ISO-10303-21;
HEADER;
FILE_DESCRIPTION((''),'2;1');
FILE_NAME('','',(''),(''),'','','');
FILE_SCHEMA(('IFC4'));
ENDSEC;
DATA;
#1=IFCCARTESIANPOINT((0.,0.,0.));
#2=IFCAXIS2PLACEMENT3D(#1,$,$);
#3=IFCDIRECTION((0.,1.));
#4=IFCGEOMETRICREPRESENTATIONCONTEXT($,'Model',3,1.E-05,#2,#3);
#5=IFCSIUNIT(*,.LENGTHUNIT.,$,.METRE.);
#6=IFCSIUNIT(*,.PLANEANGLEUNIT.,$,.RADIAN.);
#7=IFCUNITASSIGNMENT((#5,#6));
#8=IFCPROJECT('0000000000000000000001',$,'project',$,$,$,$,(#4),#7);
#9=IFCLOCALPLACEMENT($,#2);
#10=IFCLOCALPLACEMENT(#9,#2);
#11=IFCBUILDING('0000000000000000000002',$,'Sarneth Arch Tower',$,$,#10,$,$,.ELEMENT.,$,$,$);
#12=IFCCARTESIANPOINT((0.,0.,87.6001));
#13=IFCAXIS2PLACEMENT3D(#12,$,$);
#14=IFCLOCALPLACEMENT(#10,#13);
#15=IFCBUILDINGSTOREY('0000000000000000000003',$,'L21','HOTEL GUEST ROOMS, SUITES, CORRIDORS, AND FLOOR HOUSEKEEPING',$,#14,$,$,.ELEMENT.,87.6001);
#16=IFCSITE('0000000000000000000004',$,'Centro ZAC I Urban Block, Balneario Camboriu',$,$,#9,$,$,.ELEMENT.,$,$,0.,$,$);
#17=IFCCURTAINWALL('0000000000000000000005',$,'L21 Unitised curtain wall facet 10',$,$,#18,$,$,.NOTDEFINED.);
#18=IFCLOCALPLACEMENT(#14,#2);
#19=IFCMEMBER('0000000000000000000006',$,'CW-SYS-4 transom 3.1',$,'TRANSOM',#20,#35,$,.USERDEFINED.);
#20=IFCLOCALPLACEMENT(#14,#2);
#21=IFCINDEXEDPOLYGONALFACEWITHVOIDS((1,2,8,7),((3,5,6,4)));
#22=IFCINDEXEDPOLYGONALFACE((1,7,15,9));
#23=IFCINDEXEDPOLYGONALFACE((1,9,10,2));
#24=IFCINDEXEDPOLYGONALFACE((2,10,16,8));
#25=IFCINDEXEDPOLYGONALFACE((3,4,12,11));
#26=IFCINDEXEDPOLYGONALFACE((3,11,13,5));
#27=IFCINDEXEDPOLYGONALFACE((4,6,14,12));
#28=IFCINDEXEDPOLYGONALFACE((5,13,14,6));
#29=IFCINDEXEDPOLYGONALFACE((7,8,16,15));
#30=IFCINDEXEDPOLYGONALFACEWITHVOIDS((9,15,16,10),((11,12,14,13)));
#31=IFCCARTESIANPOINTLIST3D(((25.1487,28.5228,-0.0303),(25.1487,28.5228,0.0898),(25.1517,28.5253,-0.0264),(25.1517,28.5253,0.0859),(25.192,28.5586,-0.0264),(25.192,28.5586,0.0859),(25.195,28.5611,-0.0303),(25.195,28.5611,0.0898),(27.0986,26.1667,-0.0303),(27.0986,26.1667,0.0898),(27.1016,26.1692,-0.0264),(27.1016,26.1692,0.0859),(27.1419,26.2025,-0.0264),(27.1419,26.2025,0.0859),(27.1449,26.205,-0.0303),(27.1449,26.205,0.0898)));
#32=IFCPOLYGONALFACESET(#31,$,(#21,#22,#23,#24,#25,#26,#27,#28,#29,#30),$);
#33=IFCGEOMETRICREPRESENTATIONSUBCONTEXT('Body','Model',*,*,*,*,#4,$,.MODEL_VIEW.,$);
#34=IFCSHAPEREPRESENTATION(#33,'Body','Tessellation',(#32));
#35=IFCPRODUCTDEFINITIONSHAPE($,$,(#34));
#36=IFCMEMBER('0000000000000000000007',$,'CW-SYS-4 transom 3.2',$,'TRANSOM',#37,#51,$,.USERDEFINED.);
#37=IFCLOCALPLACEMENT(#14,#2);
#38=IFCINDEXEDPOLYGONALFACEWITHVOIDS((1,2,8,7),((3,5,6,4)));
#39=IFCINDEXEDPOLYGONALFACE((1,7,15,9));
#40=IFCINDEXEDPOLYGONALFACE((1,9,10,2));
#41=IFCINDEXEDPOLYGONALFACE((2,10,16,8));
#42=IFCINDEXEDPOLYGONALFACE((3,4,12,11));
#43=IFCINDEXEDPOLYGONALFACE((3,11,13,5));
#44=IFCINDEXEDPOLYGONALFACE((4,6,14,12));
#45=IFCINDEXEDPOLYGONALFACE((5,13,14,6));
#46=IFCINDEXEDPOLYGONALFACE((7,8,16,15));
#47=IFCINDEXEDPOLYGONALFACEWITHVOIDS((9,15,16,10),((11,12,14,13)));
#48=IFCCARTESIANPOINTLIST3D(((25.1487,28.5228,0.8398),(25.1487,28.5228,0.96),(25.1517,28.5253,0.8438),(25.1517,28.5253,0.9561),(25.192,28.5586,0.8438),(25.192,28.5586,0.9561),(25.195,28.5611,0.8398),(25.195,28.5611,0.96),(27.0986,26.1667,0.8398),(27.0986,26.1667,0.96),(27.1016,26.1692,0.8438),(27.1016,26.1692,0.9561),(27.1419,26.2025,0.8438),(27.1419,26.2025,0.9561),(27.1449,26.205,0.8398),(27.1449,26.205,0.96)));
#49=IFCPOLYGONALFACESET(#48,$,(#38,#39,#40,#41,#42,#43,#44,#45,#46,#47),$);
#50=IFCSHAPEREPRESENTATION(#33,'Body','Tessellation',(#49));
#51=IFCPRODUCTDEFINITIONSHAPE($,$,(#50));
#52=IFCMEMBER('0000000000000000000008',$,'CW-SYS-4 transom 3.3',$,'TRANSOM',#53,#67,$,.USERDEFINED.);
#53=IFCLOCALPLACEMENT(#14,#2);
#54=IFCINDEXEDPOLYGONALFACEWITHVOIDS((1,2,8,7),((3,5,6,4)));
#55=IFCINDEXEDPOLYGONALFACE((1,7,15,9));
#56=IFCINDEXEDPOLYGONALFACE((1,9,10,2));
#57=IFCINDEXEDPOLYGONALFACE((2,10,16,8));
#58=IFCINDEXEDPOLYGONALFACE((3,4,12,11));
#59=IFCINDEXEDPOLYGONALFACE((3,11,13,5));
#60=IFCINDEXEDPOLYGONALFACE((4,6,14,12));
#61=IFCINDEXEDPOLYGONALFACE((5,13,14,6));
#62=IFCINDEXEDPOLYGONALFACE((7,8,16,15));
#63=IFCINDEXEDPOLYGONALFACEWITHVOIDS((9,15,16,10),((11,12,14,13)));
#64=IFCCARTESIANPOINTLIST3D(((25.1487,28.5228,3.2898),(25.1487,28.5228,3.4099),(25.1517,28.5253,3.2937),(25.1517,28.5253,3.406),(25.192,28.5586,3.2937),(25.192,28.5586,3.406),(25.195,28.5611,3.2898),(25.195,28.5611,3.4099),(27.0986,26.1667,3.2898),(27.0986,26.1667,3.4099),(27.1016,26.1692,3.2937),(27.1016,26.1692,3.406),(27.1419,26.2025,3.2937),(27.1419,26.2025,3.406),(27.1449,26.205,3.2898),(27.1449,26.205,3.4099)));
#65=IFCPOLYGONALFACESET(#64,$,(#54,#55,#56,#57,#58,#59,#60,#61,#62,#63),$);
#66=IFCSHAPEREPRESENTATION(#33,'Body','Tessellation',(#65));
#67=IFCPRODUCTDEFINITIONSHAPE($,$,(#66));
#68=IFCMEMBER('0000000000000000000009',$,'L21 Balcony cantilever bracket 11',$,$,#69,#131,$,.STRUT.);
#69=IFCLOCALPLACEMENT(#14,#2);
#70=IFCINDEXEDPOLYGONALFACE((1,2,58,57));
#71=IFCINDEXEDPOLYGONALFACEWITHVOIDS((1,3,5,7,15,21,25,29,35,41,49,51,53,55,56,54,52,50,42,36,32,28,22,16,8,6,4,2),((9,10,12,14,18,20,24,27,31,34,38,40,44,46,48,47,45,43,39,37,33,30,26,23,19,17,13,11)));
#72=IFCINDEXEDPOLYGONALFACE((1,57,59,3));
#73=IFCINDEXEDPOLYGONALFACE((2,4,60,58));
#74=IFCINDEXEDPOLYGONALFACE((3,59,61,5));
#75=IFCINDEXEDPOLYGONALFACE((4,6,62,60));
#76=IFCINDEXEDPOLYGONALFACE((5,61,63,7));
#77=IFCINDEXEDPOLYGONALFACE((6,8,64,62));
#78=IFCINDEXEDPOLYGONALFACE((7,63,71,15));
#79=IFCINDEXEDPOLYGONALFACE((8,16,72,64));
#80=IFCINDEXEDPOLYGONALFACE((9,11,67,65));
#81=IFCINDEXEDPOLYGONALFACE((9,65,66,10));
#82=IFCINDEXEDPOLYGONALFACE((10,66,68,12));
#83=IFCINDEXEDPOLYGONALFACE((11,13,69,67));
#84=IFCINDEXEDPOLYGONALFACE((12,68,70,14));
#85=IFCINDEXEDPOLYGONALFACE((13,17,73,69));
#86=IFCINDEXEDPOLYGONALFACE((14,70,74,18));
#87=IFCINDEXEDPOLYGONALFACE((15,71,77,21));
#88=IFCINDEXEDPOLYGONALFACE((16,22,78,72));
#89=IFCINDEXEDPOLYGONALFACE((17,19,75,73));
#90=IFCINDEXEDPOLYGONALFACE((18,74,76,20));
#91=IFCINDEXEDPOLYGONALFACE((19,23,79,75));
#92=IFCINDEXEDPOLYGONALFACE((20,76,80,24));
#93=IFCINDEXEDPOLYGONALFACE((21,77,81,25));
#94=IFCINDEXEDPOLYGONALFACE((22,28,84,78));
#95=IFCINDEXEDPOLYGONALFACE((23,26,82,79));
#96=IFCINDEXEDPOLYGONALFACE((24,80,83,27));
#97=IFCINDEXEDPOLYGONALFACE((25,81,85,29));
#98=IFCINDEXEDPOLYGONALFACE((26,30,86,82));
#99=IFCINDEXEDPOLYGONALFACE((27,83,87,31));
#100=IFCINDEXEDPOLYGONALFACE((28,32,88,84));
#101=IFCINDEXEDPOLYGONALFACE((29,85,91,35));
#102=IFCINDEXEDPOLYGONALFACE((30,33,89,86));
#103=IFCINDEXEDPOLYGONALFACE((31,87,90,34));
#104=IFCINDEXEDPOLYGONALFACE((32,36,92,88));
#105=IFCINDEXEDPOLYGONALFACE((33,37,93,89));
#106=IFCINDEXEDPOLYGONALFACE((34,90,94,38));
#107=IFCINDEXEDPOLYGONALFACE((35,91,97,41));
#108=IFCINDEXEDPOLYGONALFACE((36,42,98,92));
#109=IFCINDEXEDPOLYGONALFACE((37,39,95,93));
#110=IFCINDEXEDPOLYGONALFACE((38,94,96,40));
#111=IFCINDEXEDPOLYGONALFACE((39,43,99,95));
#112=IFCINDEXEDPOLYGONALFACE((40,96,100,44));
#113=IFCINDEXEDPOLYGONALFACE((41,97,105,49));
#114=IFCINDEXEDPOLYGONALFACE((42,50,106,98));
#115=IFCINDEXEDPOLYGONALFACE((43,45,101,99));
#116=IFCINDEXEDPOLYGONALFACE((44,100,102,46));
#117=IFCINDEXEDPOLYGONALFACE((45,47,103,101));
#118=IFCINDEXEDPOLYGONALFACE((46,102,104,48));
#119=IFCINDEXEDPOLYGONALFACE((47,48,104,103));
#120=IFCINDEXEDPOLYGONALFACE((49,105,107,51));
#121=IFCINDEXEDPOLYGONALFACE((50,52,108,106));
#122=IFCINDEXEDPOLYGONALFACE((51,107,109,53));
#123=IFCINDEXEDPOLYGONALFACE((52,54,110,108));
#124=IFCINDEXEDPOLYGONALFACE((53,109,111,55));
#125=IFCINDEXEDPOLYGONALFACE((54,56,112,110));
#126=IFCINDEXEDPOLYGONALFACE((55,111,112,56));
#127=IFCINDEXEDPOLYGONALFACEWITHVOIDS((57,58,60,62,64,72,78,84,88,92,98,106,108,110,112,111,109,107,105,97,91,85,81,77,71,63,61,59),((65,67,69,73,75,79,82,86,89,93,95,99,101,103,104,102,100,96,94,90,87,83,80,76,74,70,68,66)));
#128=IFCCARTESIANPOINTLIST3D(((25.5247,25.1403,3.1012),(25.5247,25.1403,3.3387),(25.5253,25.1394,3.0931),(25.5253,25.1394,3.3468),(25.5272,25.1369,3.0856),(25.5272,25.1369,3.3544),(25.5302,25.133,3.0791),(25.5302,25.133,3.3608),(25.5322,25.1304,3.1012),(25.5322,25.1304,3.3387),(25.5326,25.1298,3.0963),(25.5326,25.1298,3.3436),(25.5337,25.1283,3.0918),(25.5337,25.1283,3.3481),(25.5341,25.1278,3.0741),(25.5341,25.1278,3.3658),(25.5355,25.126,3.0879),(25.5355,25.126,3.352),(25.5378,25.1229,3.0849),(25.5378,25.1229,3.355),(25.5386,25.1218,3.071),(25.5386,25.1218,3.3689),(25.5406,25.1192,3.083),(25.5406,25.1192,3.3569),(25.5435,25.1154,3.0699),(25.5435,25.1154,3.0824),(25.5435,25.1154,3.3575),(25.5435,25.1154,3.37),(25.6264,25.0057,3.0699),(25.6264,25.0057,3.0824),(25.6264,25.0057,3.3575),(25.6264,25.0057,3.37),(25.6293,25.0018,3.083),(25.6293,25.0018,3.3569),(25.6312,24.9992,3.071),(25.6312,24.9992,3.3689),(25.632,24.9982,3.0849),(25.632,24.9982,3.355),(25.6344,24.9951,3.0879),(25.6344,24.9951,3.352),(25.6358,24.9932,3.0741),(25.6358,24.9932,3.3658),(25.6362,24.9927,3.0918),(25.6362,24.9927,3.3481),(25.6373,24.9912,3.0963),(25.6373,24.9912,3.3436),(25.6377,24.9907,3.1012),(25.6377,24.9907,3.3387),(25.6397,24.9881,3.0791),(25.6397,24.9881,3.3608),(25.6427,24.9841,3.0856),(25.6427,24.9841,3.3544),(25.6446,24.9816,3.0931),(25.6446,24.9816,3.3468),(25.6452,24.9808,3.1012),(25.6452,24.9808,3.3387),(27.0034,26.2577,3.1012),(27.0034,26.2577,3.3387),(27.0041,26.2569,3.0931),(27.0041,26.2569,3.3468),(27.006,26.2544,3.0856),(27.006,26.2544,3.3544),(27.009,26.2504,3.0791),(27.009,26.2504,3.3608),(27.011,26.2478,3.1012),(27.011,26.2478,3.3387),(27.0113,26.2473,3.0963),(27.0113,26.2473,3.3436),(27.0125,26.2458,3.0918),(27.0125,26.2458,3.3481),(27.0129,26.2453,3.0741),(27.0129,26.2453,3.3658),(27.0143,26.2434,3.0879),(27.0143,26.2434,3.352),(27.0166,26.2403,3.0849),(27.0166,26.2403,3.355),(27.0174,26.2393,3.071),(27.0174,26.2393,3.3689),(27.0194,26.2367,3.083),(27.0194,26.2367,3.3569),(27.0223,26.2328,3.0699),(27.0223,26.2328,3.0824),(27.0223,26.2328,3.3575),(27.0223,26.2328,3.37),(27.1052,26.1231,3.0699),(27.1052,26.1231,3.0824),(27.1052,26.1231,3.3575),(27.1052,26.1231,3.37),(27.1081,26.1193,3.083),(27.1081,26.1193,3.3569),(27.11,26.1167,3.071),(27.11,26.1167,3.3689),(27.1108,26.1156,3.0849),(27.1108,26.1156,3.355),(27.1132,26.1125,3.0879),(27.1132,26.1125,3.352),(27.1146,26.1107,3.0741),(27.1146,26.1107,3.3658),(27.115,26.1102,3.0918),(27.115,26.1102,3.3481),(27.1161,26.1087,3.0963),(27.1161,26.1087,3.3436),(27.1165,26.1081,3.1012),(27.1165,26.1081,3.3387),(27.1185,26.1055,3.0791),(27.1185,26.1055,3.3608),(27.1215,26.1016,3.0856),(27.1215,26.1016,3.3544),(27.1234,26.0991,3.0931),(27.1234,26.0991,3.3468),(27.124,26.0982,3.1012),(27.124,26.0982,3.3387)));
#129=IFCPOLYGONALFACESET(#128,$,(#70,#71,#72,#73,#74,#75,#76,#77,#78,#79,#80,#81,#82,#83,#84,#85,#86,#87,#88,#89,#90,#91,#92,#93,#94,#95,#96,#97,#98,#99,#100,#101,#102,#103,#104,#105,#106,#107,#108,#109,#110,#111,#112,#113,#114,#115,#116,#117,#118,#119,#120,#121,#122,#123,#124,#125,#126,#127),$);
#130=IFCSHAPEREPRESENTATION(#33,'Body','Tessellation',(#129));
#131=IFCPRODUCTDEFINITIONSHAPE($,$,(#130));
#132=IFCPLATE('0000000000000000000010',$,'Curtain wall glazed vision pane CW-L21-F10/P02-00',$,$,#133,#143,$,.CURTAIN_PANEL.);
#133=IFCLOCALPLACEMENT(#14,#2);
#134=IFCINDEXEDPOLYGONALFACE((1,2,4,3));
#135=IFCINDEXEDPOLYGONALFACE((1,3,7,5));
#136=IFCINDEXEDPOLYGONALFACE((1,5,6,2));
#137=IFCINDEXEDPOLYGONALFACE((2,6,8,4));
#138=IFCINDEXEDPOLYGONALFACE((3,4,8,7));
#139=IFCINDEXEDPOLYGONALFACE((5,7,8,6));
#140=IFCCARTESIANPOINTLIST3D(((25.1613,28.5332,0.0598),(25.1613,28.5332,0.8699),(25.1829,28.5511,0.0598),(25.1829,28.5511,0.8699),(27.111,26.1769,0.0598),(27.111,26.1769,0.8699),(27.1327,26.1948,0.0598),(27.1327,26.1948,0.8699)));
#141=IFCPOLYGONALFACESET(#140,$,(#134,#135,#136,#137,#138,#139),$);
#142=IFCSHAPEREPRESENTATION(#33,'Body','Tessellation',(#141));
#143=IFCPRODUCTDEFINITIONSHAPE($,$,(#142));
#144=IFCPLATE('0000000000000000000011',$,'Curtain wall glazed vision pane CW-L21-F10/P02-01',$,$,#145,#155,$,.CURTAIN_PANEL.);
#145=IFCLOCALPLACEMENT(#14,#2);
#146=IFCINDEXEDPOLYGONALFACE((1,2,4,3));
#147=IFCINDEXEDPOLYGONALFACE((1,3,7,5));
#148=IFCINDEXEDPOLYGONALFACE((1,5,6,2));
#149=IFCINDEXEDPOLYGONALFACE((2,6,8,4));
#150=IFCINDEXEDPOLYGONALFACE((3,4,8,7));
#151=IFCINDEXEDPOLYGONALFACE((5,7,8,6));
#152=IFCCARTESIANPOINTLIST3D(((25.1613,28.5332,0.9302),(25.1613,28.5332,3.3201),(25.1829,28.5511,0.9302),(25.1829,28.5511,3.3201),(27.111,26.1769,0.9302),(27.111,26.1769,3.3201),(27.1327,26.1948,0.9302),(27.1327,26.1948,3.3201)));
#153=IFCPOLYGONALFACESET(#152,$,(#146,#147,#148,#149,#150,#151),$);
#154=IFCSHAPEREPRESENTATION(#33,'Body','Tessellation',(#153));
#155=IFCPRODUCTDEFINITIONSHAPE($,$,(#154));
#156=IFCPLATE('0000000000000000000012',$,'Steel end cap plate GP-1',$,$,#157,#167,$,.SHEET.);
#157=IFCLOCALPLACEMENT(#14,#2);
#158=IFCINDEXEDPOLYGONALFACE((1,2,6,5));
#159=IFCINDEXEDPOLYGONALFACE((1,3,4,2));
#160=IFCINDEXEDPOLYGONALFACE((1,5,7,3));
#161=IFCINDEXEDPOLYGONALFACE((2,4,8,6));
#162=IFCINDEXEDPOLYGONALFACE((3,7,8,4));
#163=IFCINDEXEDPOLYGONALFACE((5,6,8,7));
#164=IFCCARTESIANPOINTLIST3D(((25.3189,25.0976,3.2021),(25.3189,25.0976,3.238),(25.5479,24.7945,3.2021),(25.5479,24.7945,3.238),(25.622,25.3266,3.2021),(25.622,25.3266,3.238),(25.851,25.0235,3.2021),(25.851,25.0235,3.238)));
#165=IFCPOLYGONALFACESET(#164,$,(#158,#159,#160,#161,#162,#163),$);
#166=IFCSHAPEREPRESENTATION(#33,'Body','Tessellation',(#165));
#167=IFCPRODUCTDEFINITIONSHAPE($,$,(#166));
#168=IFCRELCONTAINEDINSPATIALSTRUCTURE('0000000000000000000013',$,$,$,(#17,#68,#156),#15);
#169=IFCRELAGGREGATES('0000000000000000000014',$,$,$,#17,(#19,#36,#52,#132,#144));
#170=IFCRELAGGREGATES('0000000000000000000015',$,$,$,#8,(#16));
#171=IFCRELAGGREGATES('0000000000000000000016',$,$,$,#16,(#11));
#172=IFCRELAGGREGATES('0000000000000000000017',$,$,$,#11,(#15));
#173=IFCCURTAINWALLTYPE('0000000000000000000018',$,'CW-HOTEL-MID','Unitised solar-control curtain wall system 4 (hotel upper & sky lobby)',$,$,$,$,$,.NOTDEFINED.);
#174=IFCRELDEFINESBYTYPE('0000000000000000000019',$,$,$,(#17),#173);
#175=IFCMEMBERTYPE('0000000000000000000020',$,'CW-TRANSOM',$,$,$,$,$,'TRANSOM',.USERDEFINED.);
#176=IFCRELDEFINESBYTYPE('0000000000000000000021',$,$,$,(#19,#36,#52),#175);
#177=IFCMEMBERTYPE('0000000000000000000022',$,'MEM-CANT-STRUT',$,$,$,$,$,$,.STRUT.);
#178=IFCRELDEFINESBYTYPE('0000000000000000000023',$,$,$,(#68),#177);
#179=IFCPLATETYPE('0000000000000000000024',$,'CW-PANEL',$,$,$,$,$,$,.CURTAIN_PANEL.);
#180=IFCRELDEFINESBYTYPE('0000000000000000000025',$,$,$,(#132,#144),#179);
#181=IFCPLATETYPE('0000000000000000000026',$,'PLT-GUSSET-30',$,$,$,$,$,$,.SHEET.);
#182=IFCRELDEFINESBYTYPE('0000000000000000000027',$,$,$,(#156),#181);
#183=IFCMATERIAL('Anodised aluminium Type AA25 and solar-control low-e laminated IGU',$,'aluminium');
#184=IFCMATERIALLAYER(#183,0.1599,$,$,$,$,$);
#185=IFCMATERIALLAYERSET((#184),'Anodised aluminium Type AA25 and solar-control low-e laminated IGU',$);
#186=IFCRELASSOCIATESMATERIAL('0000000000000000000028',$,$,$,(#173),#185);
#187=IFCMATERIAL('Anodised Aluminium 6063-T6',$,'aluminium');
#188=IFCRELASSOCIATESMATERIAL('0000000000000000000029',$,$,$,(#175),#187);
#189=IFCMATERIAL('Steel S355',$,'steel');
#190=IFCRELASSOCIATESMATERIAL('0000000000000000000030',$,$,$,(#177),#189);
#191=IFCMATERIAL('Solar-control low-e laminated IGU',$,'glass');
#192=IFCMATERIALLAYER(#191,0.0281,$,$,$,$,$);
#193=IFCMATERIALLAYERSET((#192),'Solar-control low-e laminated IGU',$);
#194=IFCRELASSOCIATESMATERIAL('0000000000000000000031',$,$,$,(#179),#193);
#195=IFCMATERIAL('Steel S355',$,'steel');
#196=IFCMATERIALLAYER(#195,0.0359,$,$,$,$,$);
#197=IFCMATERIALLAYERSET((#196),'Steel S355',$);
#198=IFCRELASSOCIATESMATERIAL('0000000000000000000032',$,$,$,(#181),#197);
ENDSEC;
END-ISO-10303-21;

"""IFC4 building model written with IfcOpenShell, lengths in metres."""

from ifc_helpers import new_model, si_unit, direction, frame, origin, origin_2d, place, context, subcontext, project, spatial, rectangle, hollow_rectangle, extrude, material, layer, layer_set, material_profile, profile_set, type_object, element, aggregate, save


model = new_model("IFC4")

# Units and contexts
model_context = context("Model", 3, precision=1e-05, world=origin(), true_north=direction((0.0, 1.0)))
body_context = subcontext(model_context, "Body", "Model", "MODEL_VIEW")
ifc_project = project(units=[si_unit("LENGTHUNIT", "METRE"), si_unit("PLANEANGLEUNIT", "RADIAN")], contexts=[model_context])

# Site, building, storey
site_placement = place(None, origin())
site = spatial("IfcSite", under=ifc_project, at=site_placement, Name="Centro ZAC I Urban Block, Balneario Camboriu", CompositionType="ELEMENT", RefElevation=0.0)
building_placement = place(site_placement, origin())
building = spatial("IfcBuilding", under=site, at=building_placement, Name="Sarneth Arch Tower", CompositionType="ELEMENT")
storey_placement = place(building_placement, frame((0.0, 0.0, 87.6001)))
storey = spatial("IfcBuildingStorey", under=building, at=storey_placement, Name="L21", Description="HOTEL GUEST ROOMS, SUITES, CORRIDORS, AND FLOOR HOUSEKEEPING", CompositionType="ELEMENT", Elevation=87.6001)

# Curtain wall, members
ifc_material_1 = material(Name="Anodised aluminium Type AA25 and solar-control low-e laminated IGU", Category="aluminium")
ifc_layer_1 = layer(ifc_material_1, 0.1599)
ifc_layer_set_1 = layer_set([ifc_layer_1], Name="Anodised aluminium Type AA25 and solar-control low-e laminated IGU")
curtain_wall_type = type_object("IfcCurtainWallType", Name="CW-HOTEL-MID", Description="Unitised solar-control curtain wall system 4 (hotel upper & sky lobby)", PredefinedType="NOTDEFINED", material=ifc_layer_set_1)
curtain_wall_placement = place(storey_placement, origin())
curtain_wall = element("IfcCurtainWall", 1, at=curtain_wall_placement, inside=storey, type_object=curtain_wall_type, Name="L21 Unitised curtain wall facet 10", PredefinedType="NOTDEFINED")
ifc_material_2 = material(Name="Anodised Aluminium 6063-T6", Category="aluminium")
ifc_material_profile_1 = material_profile(ifc_material_2, hollow_rectangle(XDim=0.0601, YDim=0.1201, WallThickness=0.0039, at=origin_2d()), Name="AL-TRAN-120x60x4")
ifc_profile_set_1 = profile_set([ifc_material_profile_1], Name="Anodised Aluminium 6063-T6")
member_type_1 = type_object("IfcMemberType", Name="CW-TRANSOM", ElementType="TRANSOM", PredefinedType="USERDEFINED", material=ifc_profile_set_1)
member_1_placement = place(storey_placement, frame((25.1719, 28.542, 0.0298), z_axis=(0.637566, -0.770396, 0.0), x_axis=(0.770396, 0.637566, 0.0)))
member_1 = element("IfcMember", 2, at=member_1_placement, type_object=member_type_1, Name="CW-SYS-4 transom 3.1", ObjectType="TRANSOM", PredefinedType="USERDEFINED", context=body_context, shape_type="SweptSolid", body=[
    extrude(hollow_rectangle(XDim=0.0601, YDim=0.1201, WallThickness=0.0039, at=origin_2d()), origin(), (0.0, 0.0, 1.0), 3.0583),
])
member_2_placement = place(storey_placement, frame((25.1719, 28.542, 0.8999), z_axis=(0.637566, -0.770396, 0.0), x_axis=(0.770396, 0.637566, 0.0)))
member_2 = element("IfcMember", 3, at=member_2_placement, type_object=member_type_1, Name="CW-SYS-4 transom 3.2", ObjectType="TRANSOM", PredefinedType="USERDEFINED", context=body_context, shape_type="SweptSolid", body=[
    extrude(hollow_rectangle(XDim=0.0601, YDim=0.1201, WallThickness=0.0039, at=origin_2d()), origin(), (0.0, 0.0, 1.0), 3.0583),
])
member_3_placement = place(storey_placement, frame((25.1719, 28.542, 3.3499), z_axis=(0.637566, -0.770396, 0.0), x_axis=(0.770396, 0.637566, 0.0)))
member_3 = element("IfcMember", 4, at=member_3_placement, type_object=member_type_1, Name="CW-SYS-4 transom 3.3", ObjectType="TRANSOM", PredefinedType="USERDEFINED", context=body_context, shape_type="SweptSolid", body=[
    extrude(hollow_rectangle(XDim=0.0601, YDim=0.1201, WallThickness=0.0039, at=origin_2d()), origin(), (0.0, 0.0, 1.0), 3.0583),
])

# Member
ifc_material_3 = material(Name="Steel S355", Category="steel")
ifc_material_profile_2 = material_profile(ifc_material_3, hollow_rectangle(XDim=0.2, YDim=0.3, WallThickness=0.0125, InnerFilletRadius=0.0188, OuterFilletRadius=0.0312, at=origin_2d()), Name="RHS300x200x12.5")
ifc_profile_set_2 = profile_set([ifc_material_profile_2], Name="Steel S355")
member_type_2 = type_object("IfcMemberType", Name="MEM-CANT-STRUT", PredefinedType="STRUT", material=ifc_profile_set_2)
member_4_placement = place(storey_placement, frame((27.0637, 26.178, 3.22), z_axis=(-0.797829, -0.602883, 0.0), x_axis=(0.602883, -0.797829, 0.0)))
element("IfcMember", 5, at=member_4_placement, inside=storey, type_object=member_type_2, Name="L21 Balcony cantilever bracket 11", PredefinedType="STRUT", context=body_context, shape_type="SweptSolid", body=[
    extrude(hollow_rectangle(XDim=0.2, YDim=0.3, WallThickness=0.0125, InnerFilletRadius=0.0188, OuterFilletRadius=0.0312, at=origin_2d()), origin(), (0.0, 0.0, 1.0), 1.8535),
])

# Plates
ifc_material_4 = material(Name="Solar-control low-e laminated IGU", Category="glass")
ifc_layer_2 = layer(ifc_material_4, 0.0281)
ifc_layer_set_2 = layer_set([ifc_layer_2], Name="Solar-control low-e laminated IGU")
plate_type_1 = type_object("IfcPlateType", Name="CW-PANEL", PredefinedType="CURTAIN_PANEL", material=ifc_layer_set_2)
plate_1_placement = place(storey_placement, frame((26.147, 27.364, 0.0598), z_axis=(0.0, 0.0, 1.0), x_axis=(0.637515, -0.770438, 0.0)))
plate_1 = element("IfcPlate", 6, at=plate_1_placement, type_object=plate_type_1, Name="Curtain wall glazed vision pane CW-L21-F10/P02-00", PredefinedType="CURTAIN_PANEL", context=body_context, shape_type="SweptSolid", body=[
    extrude(rectangle(XDim=3.0583, YDim=0.0281, at=origin_2d()), origin(), (0.0, 0.0, 1.0), 0.8101),
])
plate_2_placement = place(storey_placement, frame((26.147, 27.364, 0.9302), z_axis=(0.0, 0.0, 1.0), x_axis=(0.637515, -0.770438, 0.0)))
plate_2 = element("IfcPlate", 7, at=plate_2_placement, type_object=plate_type_1, Name="Curtain wall glazed vision pane CW-L21-F10/P02-01", PredefinedType="CURTAIN_PANEL", context=body_context, shape_type="SweptSolid", body=[
    extrude(rectangle(XDim=3.0583, YDim=0.0281, at=origin_2d()), origin(), (0.0, 0.0, 1.0), 2.3899),
])
aggregate(curtain_wall, [member_1, member_2, member_3, plate_1, plate_2])
ifc_material_5 = material(Name="Steel S355", Category="steel")
ifc_layer_3 = layer(ifc_material_5, 0.0359)
ifc_layer_set_3 = layer_set([ifc_layer_3], Name="Steel S355")
plate_type_2 = type_object("IfcPlateType", Name="PLT-GUSSET-30", PredefinedType="SHEET", material=ifc_layer_set_3)
plate_3_placement = place(storey_placement, frame((25.585, 25.0605, 3.2021), z_axis=(0.0, 0.0, 1.0), x_axis=(-0.797794, -0.60293, 0.0)))
element("IfcPlate", 8, at=plate_3_placement, inside=storey, type_object=plate_type_2, Name="Steel end cap plate GP-1", PredefinedType="SHEET", context=body_context, shape_type="SweptSolid", body=[
    extrude(rectangle(XDim=0.3799, YDim=0.3799, at=origin_2d()), origin(), (0.0, 0.0, 1.0), 0.0359),
])

save(model, "model.ifc")
